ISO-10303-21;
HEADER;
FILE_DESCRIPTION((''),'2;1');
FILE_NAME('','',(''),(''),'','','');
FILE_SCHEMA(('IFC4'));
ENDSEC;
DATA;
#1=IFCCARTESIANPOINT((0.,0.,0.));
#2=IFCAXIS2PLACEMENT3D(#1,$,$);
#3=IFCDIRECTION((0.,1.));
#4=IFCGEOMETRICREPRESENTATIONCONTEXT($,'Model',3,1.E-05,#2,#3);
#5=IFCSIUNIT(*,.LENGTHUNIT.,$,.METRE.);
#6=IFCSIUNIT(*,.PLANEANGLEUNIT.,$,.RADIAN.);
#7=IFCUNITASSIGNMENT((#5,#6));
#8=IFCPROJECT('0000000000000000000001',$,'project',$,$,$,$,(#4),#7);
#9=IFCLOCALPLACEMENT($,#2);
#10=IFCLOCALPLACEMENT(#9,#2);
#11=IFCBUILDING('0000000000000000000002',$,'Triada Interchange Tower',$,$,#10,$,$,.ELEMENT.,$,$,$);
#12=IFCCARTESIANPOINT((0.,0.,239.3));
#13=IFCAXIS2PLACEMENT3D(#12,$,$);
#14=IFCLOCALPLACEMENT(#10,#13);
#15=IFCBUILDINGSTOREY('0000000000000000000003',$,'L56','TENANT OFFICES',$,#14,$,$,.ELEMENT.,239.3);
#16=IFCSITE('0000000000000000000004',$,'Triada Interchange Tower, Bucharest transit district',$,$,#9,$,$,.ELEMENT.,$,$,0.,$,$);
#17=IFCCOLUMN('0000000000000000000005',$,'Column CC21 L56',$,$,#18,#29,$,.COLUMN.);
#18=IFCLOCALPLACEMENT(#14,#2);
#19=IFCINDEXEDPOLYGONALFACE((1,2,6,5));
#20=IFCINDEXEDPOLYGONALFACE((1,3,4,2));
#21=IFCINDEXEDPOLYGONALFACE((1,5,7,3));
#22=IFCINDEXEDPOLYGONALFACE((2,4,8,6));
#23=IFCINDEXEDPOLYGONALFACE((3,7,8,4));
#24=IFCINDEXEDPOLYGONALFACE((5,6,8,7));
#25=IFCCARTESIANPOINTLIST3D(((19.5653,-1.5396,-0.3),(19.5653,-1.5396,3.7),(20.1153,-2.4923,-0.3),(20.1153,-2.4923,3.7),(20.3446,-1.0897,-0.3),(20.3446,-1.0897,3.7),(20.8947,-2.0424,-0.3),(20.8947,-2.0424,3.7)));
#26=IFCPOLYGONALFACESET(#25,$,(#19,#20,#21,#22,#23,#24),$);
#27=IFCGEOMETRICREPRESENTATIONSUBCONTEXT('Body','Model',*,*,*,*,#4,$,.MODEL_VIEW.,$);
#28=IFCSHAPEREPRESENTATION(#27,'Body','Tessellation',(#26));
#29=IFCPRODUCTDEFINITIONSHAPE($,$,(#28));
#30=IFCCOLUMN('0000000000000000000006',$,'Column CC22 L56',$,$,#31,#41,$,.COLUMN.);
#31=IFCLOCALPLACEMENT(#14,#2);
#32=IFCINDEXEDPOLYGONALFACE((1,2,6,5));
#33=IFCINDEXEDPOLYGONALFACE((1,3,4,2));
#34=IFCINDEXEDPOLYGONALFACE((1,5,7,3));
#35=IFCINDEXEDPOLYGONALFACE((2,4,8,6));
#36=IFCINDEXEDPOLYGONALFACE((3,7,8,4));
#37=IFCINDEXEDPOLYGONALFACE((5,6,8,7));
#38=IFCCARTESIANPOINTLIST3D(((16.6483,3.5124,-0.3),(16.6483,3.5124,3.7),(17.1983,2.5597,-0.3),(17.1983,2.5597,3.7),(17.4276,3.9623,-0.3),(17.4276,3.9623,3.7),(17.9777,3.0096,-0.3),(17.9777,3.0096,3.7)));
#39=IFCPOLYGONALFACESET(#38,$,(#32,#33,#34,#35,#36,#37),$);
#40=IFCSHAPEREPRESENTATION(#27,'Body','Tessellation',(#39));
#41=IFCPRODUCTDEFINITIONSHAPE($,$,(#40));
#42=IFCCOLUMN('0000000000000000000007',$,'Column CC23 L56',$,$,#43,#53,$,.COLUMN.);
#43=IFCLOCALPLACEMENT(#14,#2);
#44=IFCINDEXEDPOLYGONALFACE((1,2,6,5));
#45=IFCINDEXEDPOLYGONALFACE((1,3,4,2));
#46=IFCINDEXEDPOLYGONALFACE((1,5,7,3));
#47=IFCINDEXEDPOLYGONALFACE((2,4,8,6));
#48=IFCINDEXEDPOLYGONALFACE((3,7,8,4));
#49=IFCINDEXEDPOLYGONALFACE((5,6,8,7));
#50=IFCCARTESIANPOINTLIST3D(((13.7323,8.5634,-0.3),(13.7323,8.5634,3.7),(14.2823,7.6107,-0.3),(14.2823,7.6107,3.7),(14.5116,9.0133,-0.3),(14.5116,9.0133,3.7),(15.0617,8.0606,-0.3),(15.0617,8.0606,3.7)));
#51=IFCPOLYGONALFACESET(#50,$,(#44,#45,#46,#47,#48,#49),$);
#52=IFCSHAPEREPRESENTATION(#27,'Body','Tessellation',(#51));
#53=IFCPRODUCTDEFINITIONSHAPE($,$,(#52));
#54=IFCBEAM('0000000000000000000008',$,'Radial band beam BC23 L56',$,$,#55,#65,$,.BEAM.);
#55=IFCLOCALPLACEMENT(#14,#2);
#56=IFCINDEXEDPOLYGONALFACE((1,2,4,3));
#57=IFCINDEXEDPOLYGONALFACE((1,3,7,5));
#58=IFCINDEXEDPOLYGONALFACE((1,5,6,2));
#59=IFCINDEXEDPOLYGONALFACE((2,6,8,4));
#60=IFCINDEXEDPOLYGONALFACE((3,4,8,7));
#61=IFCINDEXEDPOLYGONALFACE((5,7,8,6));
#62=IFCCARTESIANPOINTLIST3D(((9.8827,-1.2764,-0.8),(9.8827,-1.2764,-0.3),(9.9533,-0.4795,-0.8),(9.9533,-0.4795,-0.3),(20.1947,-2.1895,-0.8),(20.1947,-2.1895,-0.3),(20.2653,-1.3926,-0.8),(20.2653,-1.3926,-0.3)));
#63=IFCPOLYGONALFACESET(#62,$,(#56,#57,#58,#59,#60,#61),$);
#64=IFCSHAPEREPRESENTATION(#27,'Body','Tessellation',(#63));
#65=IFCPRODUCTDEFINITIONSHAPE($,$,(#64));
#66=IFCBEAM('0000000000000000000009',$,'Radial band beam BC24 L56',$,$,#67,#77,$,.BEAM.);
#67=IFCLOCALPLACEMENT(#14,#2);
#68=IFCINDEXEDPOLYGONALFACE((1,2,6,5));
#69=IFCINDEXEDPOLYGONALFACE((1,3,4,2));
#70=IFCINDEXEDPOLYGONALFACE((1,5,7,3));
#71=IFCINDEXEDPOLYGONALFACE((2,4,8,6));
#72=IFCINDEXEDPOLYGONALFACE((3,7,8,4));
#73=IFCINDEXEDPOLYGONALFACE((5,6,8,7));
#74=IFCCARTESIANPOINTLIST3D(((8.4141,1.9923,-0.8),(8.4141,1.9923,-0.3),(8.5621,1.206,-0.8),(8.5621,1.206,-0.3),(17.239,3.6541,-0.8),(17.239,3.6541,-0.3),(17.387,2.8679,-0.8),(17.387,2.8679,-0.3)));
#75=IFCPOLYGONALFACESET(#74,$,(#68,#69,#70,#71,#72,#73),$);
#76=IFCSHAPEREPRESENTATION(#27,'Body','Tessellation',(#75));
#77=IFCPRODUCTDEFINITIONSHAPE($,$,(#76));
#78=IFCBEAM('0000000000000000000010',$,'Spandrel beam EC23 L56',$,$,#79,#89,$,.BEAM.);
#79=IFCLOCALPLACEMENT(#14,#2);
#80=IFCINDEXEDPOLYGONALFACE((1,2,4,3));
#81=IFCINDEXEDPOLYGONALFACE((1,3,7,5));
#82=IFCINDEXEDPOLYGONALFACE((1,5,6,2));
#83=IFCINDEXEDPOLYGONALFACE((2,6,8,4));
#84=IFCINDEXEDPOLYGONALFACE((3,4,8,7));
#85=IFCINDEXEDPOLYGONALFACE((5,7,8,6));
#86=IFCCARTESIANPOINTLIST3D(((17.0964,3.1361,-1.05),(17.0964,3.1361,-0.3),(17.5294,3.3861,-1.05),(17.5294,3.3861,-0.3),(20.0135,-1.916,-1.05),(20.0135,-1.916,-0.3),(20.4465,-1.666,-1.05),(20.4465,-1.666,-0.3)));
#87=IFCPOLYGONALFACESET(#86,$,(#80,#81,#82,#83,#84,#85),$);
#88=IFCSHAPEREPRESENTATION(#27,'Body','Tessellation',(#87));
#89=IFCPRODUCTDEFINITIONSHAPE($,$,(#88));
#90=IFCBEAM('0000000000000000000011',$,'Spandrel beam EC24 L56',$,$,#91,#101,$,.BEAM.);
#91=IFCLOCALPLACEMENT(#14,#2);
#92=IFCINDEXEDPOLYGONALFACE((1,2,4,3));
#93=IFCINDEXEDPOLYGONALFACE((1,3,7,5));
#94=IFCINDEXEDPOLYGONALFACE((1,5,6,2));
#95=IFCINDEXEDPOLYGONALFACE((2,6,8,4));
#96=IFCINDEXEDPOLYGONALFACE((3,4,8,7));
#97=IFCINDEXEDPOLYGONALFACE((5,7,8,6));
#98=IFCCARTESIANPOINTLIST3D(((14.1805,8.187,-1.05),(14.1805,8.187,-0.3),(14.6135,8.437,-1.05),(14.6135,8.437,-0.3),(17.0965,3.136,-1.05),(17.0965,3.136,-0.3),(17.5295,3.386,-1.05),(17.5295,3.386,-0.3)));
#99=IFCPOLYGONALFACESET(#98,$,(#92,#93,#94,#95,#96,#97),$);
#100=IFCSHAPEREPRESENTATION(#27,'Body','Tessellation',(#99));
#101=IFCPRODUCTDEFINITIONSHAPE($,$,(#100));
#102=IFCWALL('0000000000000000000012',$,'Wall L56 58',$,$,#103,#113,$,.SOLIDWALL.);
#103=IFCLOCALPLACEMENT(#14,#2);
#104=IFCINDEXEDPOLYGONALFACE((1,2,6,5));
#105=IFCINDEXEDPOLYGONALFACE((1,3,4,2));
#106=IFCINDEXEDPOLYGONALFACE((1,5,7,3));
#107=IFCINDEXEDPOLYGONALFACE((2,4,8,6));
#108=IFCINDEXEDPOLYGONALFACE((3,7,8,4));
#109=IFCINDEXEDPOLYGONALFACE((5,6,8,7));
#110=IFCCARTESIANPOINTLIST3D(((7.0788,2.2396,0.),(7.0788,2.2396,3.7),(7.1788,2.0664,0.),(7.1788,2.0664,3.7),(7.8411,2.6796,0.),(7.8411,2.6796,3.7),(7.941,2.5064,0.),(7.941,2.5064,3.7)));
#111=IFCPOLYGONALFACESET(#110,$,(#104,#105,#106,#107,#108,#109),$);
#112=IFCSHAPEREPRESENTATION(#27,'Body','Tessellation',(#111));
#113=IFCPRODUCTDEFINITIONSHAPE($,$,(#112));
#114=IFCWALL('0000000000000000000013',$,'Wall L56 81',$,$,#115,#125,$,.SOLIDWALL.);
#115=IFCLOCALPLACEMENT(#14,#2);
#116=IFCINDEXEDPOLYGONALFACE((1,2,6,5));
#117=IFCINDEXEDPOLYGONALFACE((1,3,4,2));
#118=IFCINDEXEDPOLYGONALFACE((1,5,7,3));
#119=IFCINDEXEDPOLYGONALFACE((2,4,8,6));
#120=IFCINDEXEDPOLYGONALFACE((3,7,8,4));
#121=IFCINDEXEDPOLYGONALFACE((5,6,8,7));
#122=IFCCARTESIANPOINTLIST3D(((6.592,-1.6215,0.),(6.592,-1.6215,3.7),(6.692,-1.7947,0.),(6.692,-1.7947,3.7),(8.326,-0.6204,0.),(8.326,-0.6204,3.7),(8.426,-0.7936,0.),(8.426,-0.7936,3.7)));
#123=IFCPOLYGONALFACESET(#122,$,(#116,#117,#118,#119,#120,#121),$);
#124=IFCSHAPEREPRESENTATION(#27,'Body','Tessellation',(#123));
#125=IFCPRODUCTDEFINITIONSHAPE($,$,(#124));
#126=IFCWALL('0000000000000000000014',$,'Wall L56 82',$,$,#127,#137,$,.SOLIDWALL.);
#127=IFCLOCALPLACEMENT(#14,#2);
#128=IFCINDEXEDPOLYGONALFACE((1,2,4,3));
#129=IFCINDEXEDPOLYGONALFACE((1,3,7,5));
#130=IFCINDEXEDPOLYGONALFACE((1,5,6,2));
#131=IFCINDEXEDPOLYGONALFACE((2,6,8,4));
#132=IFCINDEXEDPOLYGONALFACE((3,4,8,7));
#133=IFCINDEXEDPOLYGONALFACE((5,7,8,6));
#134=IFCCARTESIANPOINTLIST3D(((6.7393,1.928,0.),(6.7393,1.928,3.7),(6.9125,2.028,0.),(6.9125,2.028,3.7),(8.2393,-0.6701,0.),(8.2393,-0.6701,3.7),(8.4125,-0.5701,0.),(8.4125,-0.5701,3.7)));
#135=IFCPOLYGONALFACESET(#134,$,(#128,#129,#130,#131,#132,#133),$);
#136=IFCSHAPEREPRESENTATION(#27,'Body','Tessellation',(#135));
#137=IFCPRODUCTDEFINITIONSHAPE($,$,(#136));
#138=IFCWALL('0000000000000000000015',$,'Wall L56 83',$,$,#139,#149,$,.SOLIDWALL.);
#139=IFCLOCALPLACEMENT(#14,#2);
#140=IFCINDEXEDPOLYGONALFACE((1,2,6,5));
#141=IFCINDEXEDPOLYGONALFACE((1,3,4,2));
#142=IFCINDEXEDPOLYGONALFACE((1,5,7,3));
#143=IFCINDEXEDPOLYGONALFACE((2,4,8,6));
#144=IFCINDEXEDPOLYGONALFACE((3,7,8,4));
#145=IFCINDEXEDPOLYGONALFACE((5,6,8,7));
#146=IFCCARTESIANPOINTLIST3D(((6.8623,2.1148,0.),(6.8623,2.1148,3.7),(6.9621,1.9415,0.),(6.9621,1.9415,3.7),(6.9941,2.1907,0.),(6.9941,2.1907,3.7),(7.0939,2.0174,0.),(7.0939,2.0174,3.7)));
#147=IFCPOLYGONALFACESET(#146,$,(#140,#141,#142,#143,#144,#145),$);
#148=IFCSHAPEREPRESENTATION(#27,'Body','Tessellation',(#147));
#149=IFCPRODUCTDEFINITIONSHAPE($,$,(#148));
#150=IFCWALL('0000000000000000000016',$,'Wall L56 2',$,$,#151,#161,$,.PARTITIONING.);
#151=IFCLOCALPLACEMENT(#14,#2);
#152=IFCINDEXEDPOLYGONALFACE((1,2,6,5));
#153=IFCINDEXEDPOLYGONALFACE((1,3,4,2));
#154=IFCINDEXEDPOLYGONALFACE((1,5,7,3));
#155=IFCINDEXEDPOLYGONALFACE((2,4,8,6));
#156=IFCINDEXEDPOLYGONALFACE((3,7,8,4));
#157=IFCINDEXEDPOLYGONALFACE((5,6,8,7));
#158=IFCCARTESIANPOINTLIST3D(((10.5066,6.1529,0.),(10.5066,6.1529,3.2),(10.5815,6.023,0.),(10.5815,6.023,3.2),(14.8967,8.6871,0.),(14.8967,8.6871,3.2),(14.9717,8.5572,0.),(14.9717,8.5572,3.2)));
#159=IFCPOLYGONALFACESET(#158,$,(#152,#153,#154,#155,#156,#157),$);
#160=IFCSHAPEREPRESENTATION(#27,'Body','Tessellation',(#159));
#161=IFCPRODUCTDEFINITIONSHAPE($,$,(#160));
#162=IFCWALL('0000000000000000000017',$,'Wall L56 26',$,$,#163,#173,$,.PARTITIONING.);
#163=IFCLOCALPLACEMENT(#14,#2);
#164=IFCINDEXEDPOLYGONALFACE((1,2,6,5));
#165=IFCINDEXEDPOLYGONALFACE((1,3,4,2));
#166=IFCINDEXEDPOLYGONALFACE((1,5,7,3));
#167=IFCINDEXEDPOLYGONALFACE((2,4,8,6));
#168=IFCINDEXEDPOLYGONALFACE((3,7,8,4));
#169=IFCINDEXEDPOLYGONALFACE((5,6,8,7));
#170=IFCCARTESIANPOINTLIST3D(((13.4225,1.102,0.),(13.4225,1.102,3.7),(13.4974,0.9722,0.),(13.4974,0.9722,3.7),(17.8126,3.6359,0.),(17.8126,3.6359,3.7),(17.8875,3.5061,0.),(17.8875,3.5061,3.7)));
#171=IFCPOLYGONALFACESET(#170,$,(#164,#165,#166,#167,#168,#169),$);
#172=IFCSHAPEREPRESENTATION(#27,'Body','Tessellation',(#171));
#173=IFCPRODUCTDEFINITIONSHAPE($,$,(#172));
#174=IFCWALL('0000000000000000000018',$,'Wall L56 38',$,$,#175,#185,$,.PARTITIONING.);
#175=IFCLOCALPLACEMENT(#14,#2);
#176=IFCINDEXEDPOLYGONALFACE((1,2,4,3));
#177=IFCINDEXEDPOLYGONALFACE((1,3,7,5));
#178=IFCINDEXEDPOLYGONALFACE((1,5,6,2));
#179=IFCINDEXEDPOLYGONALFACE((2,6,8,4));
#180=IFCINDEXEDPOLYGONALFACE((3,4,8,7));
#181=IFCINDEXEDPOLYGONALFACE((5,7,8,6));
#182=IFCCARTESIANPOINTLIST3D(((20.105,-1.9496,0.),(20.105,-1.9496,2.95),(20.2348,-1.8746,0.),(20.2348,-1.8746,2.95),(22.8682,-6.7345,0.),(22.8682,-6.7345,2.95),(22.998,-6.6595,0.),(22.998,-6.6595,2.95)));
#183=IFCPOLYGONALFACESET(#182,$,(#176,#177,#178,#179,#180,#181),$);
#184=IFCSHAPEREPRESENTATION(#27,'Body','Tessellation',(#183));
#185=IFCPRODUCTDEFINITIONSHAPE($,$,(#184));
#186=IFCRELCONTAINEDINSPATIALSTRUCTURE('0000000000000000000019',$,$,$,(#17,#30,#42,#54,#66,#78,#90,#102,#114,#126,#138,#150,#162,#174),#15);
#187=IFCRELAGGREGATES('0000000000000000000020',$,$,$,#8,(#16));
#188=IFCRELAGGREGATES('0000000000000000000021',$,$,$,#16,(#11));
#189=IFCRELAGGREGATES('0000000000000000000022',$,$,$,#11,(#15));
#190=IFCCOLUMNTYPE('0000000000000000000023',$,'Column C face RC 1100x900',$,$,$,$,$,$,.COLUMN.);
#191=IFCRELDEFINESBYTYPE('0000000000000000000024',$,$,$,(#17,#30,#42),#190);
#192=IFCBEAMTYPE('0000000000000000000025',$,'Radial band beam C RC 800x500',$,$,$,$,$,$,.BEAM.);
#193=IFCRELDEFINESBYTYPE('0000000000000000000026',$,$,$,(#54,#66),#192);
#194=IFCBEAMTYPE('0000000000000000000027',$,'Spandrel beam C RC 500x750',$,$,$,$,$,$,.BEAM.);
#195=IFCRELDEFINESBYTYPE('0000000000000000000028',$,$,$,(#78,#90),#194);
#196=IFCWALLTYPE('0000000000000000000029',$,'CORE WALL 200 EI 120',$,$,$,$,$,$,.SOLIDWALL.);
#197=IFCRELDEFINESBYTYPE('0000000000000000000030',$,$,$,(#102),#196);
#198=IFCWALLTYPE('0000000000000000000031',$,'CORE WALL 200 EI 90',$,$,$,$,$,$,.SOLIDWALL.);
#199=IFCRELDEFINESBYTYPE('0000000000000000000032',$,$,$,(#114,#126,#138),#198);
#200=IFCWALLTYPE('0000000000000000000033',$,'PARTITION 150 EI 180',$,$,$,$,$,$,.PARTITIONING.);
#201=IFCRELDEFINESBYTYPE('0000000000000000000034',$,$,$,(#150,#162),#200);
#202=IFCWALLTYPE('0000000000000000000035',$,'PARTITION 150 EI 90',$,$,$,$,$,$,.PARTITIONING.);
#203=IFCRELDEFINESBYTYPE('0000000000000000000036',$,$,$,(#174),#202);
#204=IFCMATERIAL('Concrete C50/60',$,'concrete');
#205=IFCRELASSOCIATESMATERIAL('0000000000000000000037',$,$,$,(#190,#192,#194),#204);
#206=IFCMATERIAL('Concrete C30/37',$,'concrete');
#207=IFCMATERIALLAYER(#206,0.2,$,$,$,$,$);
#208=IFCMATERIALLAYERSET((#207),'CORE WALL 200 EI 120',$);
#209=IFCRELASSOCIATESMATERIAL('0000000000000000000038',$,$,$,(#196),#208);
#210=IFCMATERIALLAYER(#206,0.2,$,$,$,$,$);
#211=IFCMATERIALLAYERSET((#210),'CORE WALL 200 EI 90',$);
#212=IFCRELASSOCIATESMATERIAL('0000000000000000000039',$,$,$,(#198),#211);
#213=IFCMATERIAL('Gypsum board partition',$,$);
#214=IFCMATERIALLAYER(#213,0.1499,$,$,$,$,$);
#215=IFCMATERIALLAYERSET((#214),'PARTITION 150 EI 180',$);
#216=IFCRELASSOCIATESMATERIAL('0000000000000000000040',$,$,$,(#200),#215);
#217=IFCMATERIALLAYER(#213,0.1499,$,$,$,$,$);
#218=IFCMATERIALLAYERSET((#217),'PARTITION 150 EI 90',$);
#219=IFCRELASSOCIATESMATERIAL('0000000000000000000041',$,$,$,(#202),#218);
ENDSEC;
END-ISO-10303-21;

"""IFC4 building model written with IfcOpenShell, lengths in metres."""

from ifc_helpers import new_model, si_unit, direction, frame, frame_2d, origin, origin_2d, place, context, subcontext, project, spatial, rectangle, extrude, material, layer, layer_set, material_profile, profile_set, type_object, element, save


model = new_model("IFC4")

# Units and contexts
model_context = context("Model", 3, precision=1e-05, world=origin(), true_north=direction((0.0, 1.0)))
body_context = subcontext(model_context, "Body", "Model", "MODEL_VIEW")
ifc_project = project(units=[si_unit("LENGTHUNIT", "METRE"), si_unit("PLANEANGLEUNIT", "RADIAN")], contexts=[model_context])

# Site, building, storey
site_placement = place(None, origin())
site = spatial("IfcSite", under=ifc_project, at=site_placement, Name="Triada Interchange Tower, Bucharest transit district", CompositionType="ELEMENT", RefElevation=0.0)
building_placement = place(site_placement, origin())
building = spatial("IfcBuilding", under=site, at=building_placement, Name="Triada Interchange Tower", CompositionType="ELEMENT")
storey_placement = place(building_placement, frame((0.0, 0.0, 239.3)))
storey = spatial("IfcBuildingStorey", under=building, at=storey_placement, Name="L56", Description="TENANT OFFICES", CompositionType="ELEMENT", Elevation=239.3)

# Columns
ifc_material_1 = material(Name="Concrete C50/60", Category="concrete")
ifc_material_profile_1 = material_profile(ifc_material_1, rectangle(XDim=1.1001, YDim=0.8999, at=origin_2d()), Name="RC 1100x900")
ifc_profile_set_1 = profile_set([ifc_material_profile_1], Name="Concrete C50/60")
column_type = type_object("IfcColumnType", Name="Column C face RC 1100x900", PredefinedType="COLUMN", material=ifc_profile_set_1)
for number, where, z_axis, x_axis, name in (
    (1, (20.23, -1.791, -0.3), (0.0, 0.0, 1.0), (-0.5, 0.866025, 0.0), "Column CC21 L56"),
    (2, (17.313, 3.261, -0.3), (0.0, 0.0, 1.0), (-0.5, 0.866025, 0.0), "Column CC22 L56"),
    (3, (14.397, 8.312, -0.3), (0.0, 0.0, 1.0), (-0.5, 0.866025, 0.0), "Column CC23 L56"),
):
    element("IfcColumn", number, at=place(storey_placement, frame(where, z_axis=z_axis, x_axis=x_axis)), inside=storey, type_object=column_type, Name=name, PredefinedType="COLUMN", context=body_context, shape_type="SweptSolid", body=[
        extrude(rectangle(XDim=1.1001, YDim=0.8999, at=origin_2d()), origin(), (0.0, 0.0, 1.0), 4.0),
    ])

# Beams
ifc_material_profile_2 = material_profile(ifc_material_1, rectangle(XDim=0.8, YDim=0.5, at=origin_2d()), Name="RC 800x500")
ifc_profile_set_2 = profile_set([ifc_material_profile_2], Name="Concrete C50/60")
beam_type_1 = type_object("IfcBeamType", Name="Radial band beam C RC 800x500", PredefinedType="BEAM", material=ifc_profile_set_2)
beam_1_placement = place(storey_placement, frame((20.23, -1.791, -0.55), z_axis=(-0.996103, 0.088201, 0.0), x_axis=(-0.088201, -0.996103, 0.0)))
element("IfcBeam", 4, at=beam_1_placement, inside=storey, type_object=beam_type_1, Name="Radial band beam BC23 L56", PredefinedType="BEAM", context=body_context, shape_type="SweptSolid", body=[
    extrude(rectangle(XDim=0.8, YDim=0.5, at=origin_2d()), origin(), (0.0, 0.0, 1.0), 10.3523),
])
beam_2_placement = place(storey_placement, frame((17.313, 3.261, -0.55), z_axis=(-0.982727, -0.185062, 0.0), x_axis=(0.185062, -0.982727, 0.0)))
element("IfcBeam", 5, at=beam_2_placement, inside=storey, type_object=beam_type_1, Name="Radial band beam BC24 L56", PredefinedType="BEAM", context=body_context, shape_type="SweptSolid", body=[
    extrude(rectangle(XDim=0.8, YDim=0.5, at=origin_2d()), origin(), (0.0, 0.0, 1.0), 8.98),
])
ifc_material_profile_3 = material_profile(ifc_material_1, rectangle(XDim=0.5, YDim=0.75, at=origin_2d()), Name="RC 500x750")
ifc_profile_set_3 = profile_set([ifc_material_profile_3], Name="Concrete C50/60")
beam_type_2 = type_object("IfcBeamType", Name="Spandrel beam C RC 500x750", PredefinedType="BEAM", material=ifc_profile_set_3)
beam_3_placement = place(storey_placement, frame((20.23, -1.791, -0.675), z_axis=(-0.500028, 0.866009, 0.0), x_axis=(-0.866009, -0.500028, 0.0)))
element("IfcBeam", 6, at=beam_3_placement, inside=storey, type_object=beam_type_2, Name="Spandrel beam EC23 L56", PredefinedType="BEAM", context=body_context, shape_type="SweptSolid", body=[
    extrude(rectangle(XDim=0.5, YDim=0.75, at=origin_2d()), origin(), (0.0, 0.0, 1.0), 5.8337),
])
beam_4_placement = place(storey_placement, frame((17.313, 3.261, -0.675), z_axis=(-0.499975, 0.86604, 0.0), x_axis=(-0.86604, -0.499975, 0.0)))
element("IfcBeam", 7, at=beam_4_placement, inside=storey, type_object=beam_type_2, Name="Spandrel beam EC24 L56", PredefinedType="BEAM", context=body_context, shape_type="SweptSolid", body=[
    extrude(rectangle(XDim=0.5, YDim=0.75, at=origin_2d()), origin(), (0.0, 0.0, 1.0), 5.8323),
])

# Walls
ifc_material_2 = material(Name="Concrete C30/37", Category="concrete")
ifc_layer_1 = layer(ifc_material_2, 0.2)
ifc_layer_set_1 = layer_set([ifc_layer_1], Name="CORE WALL 200 EI 120")
wall_type_1 = type_object("IfcWallType", Name="CORE WALL 200 EI 120", PredefinedType="SOLIDWALL", material=ifc_layer_set_1)
wall_1_placement = place(storey_placement, frame((7.1289, 2.1531, 0.0), z_axis=(0.0, 0.0, 1.0), x_axis=(0.866084, 0.499899, 0.0)))
element("IfcWall", 8, at=wall_1_placement, inside=storey, type_object=wall_type_1, Name="Wall L56 58", PredefinedType="SOLIDWALL", context=body_context, shape_type="SweptSolid", body=[
    extrude(rectangle(XDim=0.8801, YDim=0.2, at=frame_2d((0.4399, 0.0))), origin(), (0.0, 0.0, 1.0), 3.7),
])
ifc_layer_2 = layer(ifc_material_2, 0.2)
ifc_layer_set_2 = layer_set([ifc_layer_2], Name="CORE WALL 200 EI 90")
wall_type_2 = type_object("IfcWallType", Name="CORE WALL 200 EI 90", PredefinedType="SOLIDWALL", material=ifc_layer_set_2)
wall_2_placement = place(storey_placement, frame((6.6421, -1.708, 0.0), z_axis=(0.0, 0.0, 1.0), x_axis=(0.866043, 0.499969, 0.0)))
element("IfcWall", 9, at=wall_2_placement, inside=storey, type_object=wall_type_2, Name="Wall L56 81", PredefinedType="SOLIDWALL", context=body_context, shape_type="SweptSolid", body=[
    extrude(rectangle(XDim=2.0022, YDim=0.2, at=frame_2d((1.001, 0.0))), origin(), (0.0, 0.0, 1.0), 3.7),
])
wall_3_placement = place(storey_placement, frame((6.8259, 1.978, 0.0), z_axis=(0.0, 0.0, 1.0), x_axis=(0.49999, -0.866031, 0.0)))
element("IfcWall", 10, at=wall_3_placement, inside=storey, type_object=wall_type_2, Name="Wall L56 82", PredefinedType="SOLIDWALL", context=body_context, shape_type="SweptSolid", body=[
    extrude(rectangle(XDim=3.0, YDim=0.2, at=frame_2d((1.5, 0.0))), origin(), (0.0, 0.0, 1.0), 3.7),
])
wall_4_placement = place(storey_placement, frame((6.9121, 2.0281, 0.0), z_axis=(0.0, 0.0, 1.0), x_axis=(0.866559, 0.499074, 0.0)))
element("IfcWall", 11, at=wall_4_placement, inside=storey, type_object=wall_type_2, Name="Wall L56 83", PredefinedType="SOLIDWALL", context=body_context, shape_type="SweptSolid", body=[
    extrude(rectangle(XDim=0.1521, YDim=0.2, at=frame_2d((0.0762, 0.0))), origin(), (0.0, 0.0, 1.0), 3.7),
])
ifc_material_3 = material(Name="Gypsum board partition")
ifc_layer_3 = layer(ifc_material_3, 0.1499)
ifc_layer_set_3 = layer_set([ifc_layer_3], Name="PARTITION 150 EI 180")
wall_type_3 = type_object("IfcWallType", Name="PARTITION 150 EI 180", PredefinedType="PARTITIONING", material=ifc_layer_set_3)
wall_5_placement = place(storey_placement, frame((10.5439, 6.0879, 0.0), z_axis=(0.0, 0.0, 1.0), x_axis=(0.866065, 0.499931, 0.0)))
element("IfcWall", 12, at=wall_5_placement, inside=storey, type_object=wall_type_3, Name="Wall L56 2", PredefinedType="PARTITIONING", context=body_context, shape_type="SweptSolid", body=[
    extrude(rectangle(XDim=5.0691, YDim=0.1499, at=frame_2d((2.5347, 0.0))), origin(), (0.0, 0.0, 1.0), 3.2),
])
wall_6_placement = place(storey_placement, frame((13.46, 1.0371, 0.0), z_axis=(0.0, 0.0, 1.0), x_axis=(0.866086, 0.499895, 0.0)))
element("IfcWall", 13, at=wall_6_placement, inside=storey, type_object=wall_type_3, Name="Wall L56 26", PredefinedType="PARTITIONING", context=body_context, shape_type="SweptSolid", body=[
    extrude(rectangle(XDim=5.0688, YDim=0.1499, at=frame_2d((2.5344, 0.0))), origin(), (0.0, 0.0, 1.0), 3.7),
])
ifc_layer_4 = layer(ifc_material_3, 0.1499)
ifc_layer_set_4 = layer_set([ifc_layer_4], Name="PARTITION 150 EI 90")
wall_type_4 = type_object("IfcWallType", Name="PARTITION 150 EI 90", PredefinedType="PARTITIONING", material=ifc_layer_set_4)
wall_7_placement = place(storey_placement, frame((20.1699, -1.9121, 0.0), z_axis=(0.0, 0.0, 1.0), x_axis=(0.500083, -0.865977, 0.0)))
element("IfcWall", 14, at=wall_7_placement, inside=storey, type_object=wall_type_4, Name="Wall L56 38", PredefinedType="PARTITIONING", context=body_context, shape_type="SweptSolid", body=[
    extrude(rectangle(XDim=5.5254, YDim=0.1499, at=frame_2d((2.7627, 0.0))), origin(), (0.0, 0.0, 1.0), 2.95),
])

save(model, "model.ifc")
